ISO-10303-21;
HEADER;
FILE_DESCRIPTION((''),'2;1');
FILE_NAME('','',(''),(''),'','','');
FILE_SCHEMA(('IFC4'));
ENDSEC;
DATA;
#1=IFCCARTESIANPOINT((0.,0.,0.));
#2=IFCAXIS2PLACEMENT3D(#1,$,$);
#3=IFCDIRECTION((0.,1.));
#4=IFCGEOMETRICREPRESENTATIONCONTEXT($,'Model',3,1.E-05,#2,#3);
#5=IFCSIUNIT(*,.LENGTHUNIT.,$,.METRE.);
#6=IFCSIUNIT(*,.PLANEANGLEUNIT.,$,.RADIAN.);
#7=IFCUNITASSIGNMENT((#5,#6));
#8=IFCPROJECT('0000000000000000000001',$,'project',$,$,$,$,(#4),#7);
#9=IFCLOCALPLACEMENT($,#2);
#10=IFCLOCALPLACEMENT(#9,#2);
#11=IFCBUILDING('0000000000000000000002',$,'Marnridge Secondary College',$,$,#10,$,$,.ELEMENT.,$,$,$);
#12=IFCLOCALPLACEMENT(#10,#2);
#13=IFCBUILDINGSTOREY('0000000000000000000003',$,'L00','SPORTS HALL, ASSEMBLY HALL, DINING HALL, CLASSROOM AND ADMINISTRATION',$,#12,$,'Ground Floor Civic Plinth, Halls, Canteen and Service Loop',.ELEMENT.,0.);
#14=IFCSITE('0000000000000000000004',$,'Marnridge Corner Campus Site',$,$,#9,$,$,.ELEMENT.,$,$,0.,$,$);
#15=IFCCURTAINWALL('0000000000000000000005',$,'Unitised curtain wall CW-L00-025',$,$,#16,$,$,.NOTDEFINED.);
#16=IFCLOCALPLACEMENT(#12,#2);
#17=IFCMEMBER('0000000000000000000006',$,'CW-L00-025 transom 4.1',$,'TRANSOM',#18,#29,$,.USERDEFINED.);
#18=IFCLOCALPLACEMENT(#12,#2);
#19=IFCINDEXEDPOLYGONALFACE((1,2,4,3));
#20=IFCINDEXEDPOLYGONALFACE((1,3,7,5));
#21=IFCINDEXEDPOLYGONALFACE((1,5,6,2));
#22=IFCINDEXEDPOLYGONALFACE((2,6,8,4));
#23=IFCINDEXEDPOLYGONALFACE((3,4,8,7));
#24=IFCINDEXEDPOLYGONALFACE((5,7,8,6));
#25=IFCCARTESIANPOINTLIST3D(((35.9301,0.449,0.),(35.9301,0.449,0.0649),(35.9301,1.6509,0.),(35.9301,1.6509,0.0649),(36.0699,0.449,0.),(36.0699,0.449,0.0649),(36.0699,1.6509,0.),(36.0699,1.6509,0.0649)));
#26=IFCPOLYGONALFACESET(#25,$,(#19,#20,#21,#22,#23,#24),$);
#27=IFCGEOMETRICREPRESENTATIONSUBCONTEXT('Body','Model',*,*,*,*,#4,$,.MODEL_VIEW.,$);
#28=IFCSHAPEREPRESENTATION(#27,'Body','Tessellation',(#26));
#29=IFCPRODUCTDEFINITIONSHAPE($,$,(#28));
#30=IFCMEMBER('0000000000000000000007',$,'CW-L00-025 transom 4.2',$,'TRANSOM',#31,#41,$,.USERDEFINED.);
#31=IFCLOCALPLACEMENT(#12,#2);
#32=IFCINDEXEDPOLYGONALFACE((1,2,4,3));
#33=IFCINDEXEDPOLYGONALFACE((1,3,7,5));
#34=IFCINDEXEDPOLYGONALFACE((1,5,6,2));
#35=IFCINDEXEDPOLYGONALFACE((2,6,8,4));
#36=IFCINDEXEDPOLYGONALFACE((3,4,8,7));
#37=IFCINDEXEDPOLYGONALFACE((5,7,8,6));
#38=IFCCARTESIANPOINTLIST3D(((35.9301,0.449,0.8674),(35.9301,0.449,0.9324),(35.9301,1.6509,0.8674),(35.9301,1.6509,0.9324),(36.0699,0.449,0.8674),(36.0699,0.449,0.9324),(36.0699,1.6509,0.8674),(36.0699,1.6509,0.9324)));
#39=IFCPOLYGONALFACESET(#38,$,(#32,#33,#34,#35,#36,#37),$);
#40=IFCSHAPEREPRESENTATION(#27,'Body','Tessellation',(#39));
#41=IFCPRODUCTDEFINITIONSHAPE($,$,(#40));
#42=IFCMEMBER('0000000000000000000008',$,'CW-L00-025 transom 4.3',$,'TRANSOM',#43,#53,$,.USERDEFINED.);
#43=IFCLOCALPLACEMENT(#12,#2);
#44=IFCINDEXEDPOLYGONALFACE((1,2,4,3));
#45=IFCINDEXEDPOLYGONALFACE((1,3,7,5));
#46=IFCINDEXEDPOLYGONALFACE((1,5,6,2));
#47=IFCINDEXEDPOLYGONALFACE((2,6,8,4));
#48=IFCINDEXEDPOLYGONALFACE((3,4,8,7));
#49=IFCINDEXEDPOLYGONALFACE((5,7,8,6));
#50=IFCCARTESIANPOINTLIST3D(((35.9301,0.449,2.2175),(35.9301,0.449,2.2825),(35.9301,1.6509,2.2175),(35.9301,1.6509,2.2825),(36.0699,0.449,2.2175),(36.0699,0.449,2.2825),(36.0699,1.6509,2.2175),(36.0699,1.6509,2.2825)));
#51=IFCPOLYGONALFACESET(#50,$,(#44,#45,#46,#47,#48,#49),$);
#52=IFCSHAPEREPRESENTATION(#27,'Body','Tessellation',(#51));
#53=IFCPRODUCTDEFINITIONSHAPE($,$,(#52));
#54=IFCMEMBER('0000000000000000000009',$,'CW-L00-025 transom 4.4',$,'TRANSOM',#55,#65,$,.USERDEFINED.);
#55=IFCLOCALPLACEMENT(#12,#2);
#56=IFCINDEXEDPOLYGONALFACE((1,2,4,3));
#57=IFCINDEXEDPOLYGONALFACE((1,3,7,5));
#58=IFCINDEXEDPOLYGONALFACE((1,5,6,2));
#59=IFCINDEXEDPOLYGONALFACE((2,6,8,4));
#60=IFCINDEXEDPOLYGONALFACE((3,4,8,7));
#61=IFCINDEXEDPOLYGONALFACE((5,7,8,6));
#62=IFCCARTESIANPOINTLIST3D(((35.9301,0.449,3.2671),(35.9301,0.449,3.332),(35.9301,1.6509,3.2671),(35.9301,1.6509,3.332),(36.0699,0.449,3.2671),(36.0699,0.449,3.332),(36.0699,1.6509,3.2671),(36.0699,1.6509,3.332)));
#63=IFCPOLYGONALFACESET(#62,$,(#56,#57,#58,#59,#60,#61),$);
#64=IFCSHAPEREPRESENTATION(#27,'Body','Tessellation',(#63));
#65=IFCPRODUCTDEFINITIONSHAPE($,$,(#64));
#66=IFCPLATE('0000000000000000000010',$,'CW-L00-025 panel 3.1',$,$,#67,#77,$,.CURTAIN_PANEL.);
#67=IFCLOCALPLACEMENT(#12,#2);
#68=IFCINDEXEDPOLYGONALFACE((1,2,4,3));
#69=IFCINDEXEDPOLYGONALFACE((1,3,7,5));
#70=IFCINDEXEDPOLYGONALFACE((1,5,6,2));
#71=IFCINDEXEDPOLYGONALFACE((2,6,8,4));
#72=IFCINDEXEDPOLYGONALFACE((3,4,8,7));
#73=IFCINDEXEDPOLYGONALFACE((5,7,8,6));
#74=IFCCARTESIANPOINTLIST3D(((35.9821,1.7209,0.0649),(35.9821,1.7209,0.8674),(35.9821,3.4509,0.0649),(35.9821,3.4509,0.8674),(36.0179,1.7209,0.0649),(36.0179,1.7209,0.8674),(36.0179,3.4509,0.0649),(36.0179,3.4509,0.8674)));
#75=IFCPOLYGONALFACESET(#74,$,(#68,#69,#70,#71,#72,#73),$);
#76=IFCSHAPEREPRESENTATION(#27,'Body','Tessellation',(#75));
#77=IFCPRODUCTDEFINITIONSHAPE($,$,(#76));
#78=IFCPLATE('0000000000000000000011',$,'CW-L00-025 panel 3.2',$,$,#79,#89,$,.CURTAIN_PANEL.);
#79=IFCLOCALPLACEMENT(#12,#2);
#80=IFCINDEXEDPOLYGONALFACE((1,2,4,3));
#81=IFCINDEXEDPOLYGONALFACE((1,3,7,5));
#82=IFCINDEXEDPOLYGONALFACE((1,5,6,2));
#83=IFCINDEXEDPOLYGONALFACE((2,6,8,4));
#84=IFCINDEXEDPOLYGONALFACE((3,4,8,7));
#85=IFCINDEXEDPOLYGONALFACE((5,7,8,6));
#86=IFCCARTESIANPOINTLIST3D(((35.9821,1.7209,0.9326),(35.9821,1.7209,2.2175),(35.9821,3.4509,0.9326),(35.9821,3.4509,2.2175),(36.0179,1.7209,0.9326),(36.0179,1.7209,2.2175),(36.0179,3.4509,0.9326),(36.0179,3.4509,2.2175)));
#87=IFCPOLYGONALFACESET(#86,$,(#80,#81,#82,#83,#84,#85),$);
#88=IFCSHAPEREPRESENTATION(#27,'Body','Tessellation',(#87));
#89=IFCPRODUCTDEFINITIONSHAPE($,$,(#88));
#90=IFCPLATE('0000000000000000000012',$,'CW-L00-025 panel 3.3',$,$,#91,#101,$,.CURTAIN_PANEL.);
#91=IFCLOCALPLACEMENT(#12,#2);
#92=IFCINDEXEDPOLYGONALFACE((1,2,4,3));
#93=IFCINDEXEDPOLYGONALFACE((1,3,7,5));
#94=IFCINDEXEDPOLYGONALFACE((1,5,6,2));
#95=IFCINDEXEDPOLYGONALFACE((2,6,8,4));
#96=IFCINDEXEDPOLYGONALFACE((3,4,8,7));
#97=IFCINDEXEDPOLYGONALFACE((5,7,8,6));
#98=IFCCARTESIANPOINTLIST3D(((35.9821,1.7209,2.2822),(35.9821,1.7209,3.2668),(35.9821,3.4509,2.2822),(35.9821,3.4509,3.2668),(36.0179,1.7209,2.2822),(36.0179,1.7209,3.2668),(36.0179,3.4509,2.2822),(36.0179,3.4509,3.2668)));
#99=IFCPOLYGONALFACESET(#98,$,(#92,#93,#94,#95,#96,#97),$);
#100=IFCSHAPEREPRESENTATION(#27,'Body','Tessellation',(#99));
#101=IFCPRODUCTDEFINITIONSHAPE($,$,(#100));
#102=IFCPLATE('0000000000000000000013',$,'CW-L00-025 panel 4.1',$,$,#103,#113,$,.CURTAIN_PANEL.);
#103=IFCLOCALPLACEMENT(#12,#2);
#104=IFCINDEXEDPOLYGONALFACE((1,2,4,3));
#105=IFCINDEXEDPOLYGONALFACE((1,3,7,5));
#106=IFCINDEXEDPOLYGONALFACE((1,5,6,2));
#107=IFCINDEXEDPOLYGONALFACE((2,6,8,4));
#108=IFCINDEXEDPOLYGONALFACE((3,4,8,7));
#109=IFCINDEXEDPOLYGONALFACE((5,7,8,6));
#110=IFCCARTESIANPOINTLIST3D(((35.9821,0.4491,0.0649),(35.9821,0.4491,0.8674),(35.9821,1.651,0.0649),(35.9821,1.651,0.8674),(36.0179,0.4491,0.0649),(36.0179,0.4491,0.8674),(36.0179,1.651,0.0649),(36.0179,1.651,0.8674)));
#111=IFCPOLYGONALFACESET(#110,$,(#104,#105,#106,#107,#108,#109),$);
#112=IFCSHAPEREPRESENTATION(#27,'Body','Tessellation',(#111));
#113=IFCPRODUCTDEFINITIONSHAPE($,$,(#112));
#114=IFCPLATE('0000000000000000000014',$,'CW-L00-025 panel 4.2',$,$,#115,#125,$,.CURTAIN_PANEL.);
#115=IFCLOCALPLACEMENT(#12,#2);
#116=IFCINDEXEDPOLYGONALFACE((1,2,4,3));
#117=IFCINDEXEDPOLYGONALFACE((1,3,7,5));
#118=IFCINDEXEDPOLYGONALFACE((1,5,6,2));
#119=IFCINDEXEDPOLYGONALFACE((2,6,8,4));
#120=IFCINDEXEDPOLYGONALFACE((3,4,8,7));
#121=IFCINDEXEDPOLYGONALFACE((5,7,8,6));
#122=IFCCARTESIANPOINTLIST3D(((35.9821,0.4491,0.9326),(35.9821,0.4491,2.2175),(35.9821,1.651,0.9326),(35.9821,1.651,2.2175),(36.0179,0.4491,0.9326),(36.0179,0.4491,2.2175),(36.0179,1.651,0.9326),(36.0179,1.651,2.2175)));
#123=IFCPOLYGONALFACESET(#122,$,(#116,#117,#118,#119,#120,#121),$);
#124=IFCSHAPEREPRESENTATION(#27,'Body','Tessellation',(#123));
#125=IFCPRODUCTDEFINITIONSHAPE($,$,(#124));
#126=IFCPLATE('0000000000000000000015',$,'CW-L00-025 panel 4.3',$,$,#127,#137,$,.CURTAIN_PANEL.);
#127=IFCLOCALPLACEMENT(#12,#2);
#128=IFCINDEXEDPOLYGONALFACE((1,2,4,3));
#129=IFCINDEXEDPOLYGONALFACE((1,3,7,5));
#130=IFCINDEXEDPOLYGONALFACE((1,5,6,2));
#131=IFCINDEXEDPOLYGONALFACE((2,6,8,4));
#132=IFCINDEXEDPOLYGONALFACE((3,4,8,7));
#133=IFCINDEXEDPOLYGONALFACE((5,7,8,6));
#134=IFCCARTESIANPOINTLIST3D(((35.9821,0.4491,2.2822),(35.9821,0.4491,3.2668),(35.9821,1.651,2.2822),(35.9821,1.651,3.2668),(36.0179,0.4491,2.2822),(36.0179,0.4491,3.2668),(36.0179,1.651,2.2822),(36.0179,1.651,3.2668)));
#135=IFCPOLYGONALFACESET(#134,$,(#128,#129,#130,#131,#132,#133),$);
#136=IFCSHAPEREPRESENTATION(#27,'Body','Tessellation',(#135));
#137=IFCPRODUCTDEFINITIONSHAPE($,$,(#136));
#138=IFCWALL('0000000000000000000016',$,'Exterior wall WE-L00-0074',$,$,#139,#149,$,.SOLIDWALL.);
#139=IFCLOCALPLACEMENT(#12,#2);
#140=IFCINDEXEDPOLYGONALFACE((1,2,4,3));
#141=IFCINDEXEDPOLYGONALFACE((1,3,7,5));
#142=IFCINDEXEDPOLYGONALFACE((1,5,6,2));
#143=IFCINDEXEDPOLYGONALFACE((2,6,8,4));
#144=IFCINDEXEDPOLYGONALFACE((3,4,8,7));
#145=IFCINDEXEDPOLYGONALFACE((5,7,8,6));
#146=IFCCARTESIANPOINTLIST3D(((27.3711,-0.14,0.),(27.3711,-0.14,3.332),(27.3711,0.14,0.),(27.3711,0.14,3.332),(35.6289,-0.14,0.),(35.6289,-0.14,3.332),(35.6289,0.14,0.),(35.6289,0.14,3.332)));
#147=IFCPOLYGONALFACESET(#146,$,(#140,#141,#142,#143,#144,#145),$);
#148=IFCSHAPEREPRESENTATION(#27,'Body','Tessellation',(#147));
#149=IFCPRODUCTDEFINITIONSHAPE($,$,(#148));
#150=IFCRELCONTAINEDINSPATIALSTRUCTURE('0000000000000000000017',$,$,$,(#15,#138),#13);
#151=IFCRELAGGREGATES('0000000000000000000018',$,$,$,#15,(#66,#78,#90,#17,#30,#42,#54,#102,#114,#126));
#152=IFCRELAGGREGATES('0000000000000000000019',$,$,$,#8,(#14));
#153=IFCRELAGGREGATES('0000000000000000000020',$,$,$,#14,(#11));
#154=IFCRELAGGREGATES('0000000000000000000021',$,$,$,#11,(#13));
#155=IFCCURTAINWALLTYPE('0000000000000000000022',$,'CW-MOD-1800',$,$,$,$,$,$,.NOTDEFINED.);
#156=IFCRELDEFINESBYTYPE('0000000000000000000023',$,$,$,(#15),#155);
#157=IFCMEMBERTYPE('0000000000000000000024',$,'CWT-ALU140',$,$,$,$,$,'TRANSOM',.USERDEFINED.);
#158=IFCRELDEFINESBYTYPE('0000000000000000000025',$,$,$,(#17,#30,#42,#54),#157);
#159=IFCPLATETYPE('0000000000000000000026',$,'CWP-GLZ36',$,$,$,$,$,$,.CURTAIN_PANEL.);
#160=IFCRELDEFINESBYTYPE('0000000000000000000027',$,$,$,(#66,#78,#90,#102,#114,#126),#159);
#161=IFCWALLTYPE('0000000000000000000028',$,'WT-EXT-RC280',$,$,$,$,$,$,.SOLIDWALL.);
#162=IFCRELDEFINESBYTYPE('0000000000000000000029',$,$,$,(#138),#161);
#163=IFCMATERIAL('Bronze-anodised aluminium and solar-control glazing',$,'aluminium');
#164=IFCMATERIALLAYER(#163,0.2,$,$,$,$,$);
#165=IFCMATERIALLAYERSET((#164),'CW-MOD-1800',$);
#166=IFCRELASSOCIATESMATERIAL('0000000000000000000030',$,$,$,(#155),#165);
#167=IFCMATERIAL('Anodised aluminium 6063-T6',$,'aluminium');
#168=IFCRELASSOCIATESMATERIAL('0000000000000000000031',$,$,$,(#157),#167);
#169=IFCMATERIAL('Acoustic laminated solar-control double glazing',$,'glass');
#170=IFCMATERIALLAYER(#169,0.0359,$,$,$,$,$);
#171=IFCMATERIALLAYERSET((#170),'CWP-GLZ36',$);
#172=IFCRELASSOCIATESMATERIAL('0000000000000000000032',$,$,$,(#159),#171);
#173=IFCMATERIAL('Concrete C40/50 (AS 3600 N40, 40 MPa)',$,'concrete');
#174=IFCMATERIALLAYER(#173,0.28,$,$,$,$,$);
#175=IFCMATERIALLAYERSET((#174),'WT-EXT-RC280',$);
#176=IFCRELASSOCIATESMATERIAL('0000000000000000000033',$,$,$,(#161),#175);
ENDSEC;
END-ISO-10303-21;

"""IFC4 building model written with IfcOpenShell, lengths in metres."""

from ifc_helpers import new_model, si_unit, direction, frame, frame_2d, origin, origin_2d, place, context, subcontext, project, spatial, rectangle, extrude, material, layer, layer_set, material_profile, profile_set, type_object, element, aggregate, save


model = new_model("IFC4")

# Units and contexts
model_context = context("Model", 3, precision=1e-05, world=origin(), true_north=direction((0.0, 1.0)))
body_context = subcontext(model_context, "Body", "Model", "MODEL_VIEW")
ifc_project = project(units=[si_unit("LENGTHUNIT", "METRE"), si_unit("PLANEANGLEUNIT", "RADIAN")], contexts=[model_context])

# Site, building, storey
site_placement = place(None, origin())
site = spatial("IfcSite", under=ifc_project, at=site_placement, Name="Marnridge Corner Campus Site", CompositionType="ELEMENT", RefElevation=0.0)
building_placement = place(site_placement, origin())
building = spatial("IfcBuilding", under=site, at=building_placement, Name="Marnridge Secondary College", CompositionType="ELEMENT")
storey_placement = place(building_placement, origin())
storey = spatial("IfcBuildingStorey", under=building, at=storey_placement, Name="L00", Description="SPORTS HALL, ASSEMBLY HALL, DINING HALL, CLASSROOM AND ADMINISTRATION", LongName="Ground Floor Civic Plinth, Halls, Canteen and Service Loop", CompositionType="ELEMENT", Elevation=0.0)

# Curtain wall, members, plates
ifc_material_1 = material(Name="Bronze-anodised aluminium and solar-control glazing", Category="aluminium")
ifc_layer_1 = layer(ifc_material_1, 0.2)
ifc_layer_set_1 = layer_set([ifc_layer_1], Name="CW-MOD-1800")
curtain_wall_type = type_object("IfcCurtainWallType", Name="CW-MOD-1800", PredefinedType="NOTDEFINED", material=ifc_layer_set_1)
curtain_wall_placement = place(storey_placement, origin())
curtain_wall = element("IfcCurtainWall", 1, at=curtain_wall_placement, inside=storey, type_object=curtain_wall_type, Name="Unitised curtain wall CW-L00-025", PredefinedType="NOTDEFINED")
ifc_material_2 = material(Name="Anodised aluminium 6063-T6", Category="aluminium")
ifc_material_profile_1 = material_profile(ifc_material_2, rectangle(XDim=0.0649, YDim=0.1399, at=origin_2d()), Name="ALU 65x140")
ifc_profile_set_1 = profile_set([ifc_material_profile_1], Name="Anodised aluminium 6063-T6")
member_type_1 = type_object("IfcMemberType", Name="CWT-ALU140", ElementType="TRANSOM", PredefinedType="USERDEFINED", material=ifc_profile_set_1)
member_1_placement = place(storey_placement, frame((36.0, 1.6509, 0.0325), z_axis=(0.0, -1.0, 0.0), x_axis=(0.0, 0.0, 1.0)))
member_1 = element("IfcMember", 2, at=member_1_placement, type_object=member_type_1, Name="CW-L00-025 transom 4.1", ObjectType="TRANSOM", PredefinedType="USERDEFINED", context=body_context, shape_type="SweptSolid", body=[
    extrude(rectangle(XDim=0.0649, YDim=0.1399, at=origin_2d()), origin(), (0.0, 0.0, 1.0), 1.2019),
])
member_2_placement = place(storey_placement, frame((36.0, 1.6509, 0.8999), z_axis=(0.0, -1.0, 0.0), x_axis=(0.0, 0.0, 1.0)))
member_2 = element("IfcMember", 3, at=member_2_placement, type_object=member_type_1, Name="CW-L00-025 transom 4.2", ObjectType="TRANSOM", PredefinedType="USERDEFINED", context=body_context, shape_type="SweptSolid", body=[
    extrude(rectangle(XDim=0.0649, YDim=0.1399, at=origin_2d()), origin(), (0.0, 0.0, 1.0), 1.2019),
])
member_3_placement = place(storey_placement, frame((36.0, 1.6509, 2.25), z_axis=(0.0, -1.0, 0.0), x_axis=(0.0, 0.0, 1.0)))
member_3 = element("IfcMember", 4, at=member_3_placement, type_object=member_type_1, Name="CW-L00-025 transom 4.3", ObjectType="TRANSOM", PredefinedType="USERDEFINED", context=body_context, shape_type="SweptSolid", body=[
    extrude(rectangle(XDim=0.0649, YDim=0.1399, at=origin_2d()), origin(), (0.0, 0.0, 1.0), 1.2019),
])
member_4_placement = place(storey_placement, frame((36.0, 1.6509, 3.2996), z_axis=(0.0, -1.0, 0.0), x_axis=(0.0, 0.0, 1.0)))
member_4 = element("IfcMember", 5, at=member_4_placement, type_object=member_type_1, Name="CW-L00-025 transom 4.4", ObjectType="TRANSOM", PredefinedType="USERDEFINED", context=body_context, shape_type="SweptSolid", body=[
    extrude(rectangle(XDim=0.0649, YDim=0.1399, at=origin_2d()), origin(), (0.0, 0.0, 1.0), 1.2019),
])
ifc_material_3 = material(Name="Acoustic laminated solar-control double glazing", Category="glass")
ifc_layer_2 = layer(ifc_material_3, 0.0359)
ifc_layer_set_2 = layer_set([ifc_layer_2], Name="CWP-GLZ36")
plate_type = type_object("IfcPlateType", Name="CWP-GLZ36", PredefinedType="CURTAIN_PANEL", material=ifc_layer_set_2)
plate_1_placement = place(storey_placement, frame((36.0, 2.5859, 0.0649), z_axis=(0.0, 0.0, 1.0), x_axis=(0.0, -1.0, 0.0)))
plate_1 = element("IfcPlate", 6, at=plate_1_placement, type_object=plate_type, Name="CW-L00-025 panel 3.1", PredefinedType="CURTAIN_PANEL", context=body_context, shape_type="SweptSolid", body=[
    extrude(rectangle(XDim=1.73, YDim=0.0359, at=origin_2d()), origin(), (0.0, 0.0, 1.0), 0.8025),
])
plate_2_placement = place(storey_placement, frame((36.0, 2.5859, 0.9326), z_axis=(0.0, 0.0, 1.0), x_axis=(0.0, -1.0, 0.0)))
plate_2 = element("IfcPlate", 7, at=plate_2_placement, type_object=plate_type, Name="CW-L00-025 panel 3.2", PredefinedType="CURTAIN_PANEL", context=body_context, shape_type="SweptSolid", body=[
    extrude(rectangle(XDim=1.73, YDim=0.0359, at=origin_2d()), origin(), (0.0, 0.0, 1.0), 1.2849),
])
plate_3_placement = place(storey_placement, frame((36.0, 2.5859, 2.2822), z_axis=(0.0, 0.0, 1.0), x_axis=(0.0, -1.0, 0.0)))
plate_3 = element("IfcPlate", 8, at=plate_3_placement, type_object=plate_type, Name="CW-L00-025 panel 3.3", PredefinedType="CURTAIN_PANEL", context=body_context, shape_type="SweptSolid", body=[
    extrude(rectangle(XDim=1.73, YDim=0.0359, at=origin_2d()), origin(), (0.0, 0.0, 1.0), 0.9846),
])
plate_4_placement = place(storey_placement, frame((36.0, 1.05, 0.0649), z_axis=(0.0, 0.0, 1.0), x_axis=(0.0, -1.0, 0.0)))
plate_4 = element("IfcPlate", 9, at=plate_4_placement, type_object=plate_type, Name="CW-L00-025 panel 4.1", PredefinedType="CURTAIN_PANEL", context=body_context, shape_type="SweptSolid", body=[
    extrude(rectangle(XDim=1.2019, YDim=0.0359, at=origin_2d()), origin(), (0.0, 0.0, 1.0), 0.8025),
])
plate_5_placement = place(storey_placement, frame((36.0, 1.05, 0.9326), z_axis=(0.0, 0.0, 1.0), x_axis=(0.0, -1.0, 0.0)))
plate_5 = element("IfcPlate", 10, at=plate_5_placement, type_object=plate_type, Name="CW-L00-025 panel 4.2", PredefinedType="CURTAIN_PANEL", context=body_context, shape_type="SweptSolid", body=[
    extrude(rectangle(XDim=1.2019, YDim=0.0359, at=origin_2d()), origin(), (0.0, 0.0, 1.0), 1.2849),
])
plate_6_placement = place(storey_placement, frame((36.0, 1.05, 2.2822), z_axis=(0.0, 0.0, 1.0), x_axis=(0.0, -1.0, 0.0)))
plate_6 = element("IfcPlate", 11, at=plate_6_placement, type_object=plate_type, Name="CW-L00-025 panel 4.3", PredefinedType="CURTAIN_PANEL", context=body_context, shape_type="SweptSolid", body=[
    extrude(rectangle(XDim=1.2019, YDim=0.0359, at=origin_2d()), origin(), (0.0, 0.0, 1.0), 0.9846),
])
aggregate(curtain_wall, [plate_1, plate_2, plate_3, member_1, member_2, member_3, member_4, plate_4, plate_5, plate_6])

# Wall
ifc_material_4 = material(Name="Concrete C40/50 (AS 3600 N40, 40 MPa)", Category="concrete")
ifc_layer_3 = layer(ifc_material_4, 0.28)
ifc_layer_set_3 = layer_set([ifc_layer_3], Name="WT-EXT-RC280")
wall_type = type_object("IfcWallType", Name="WT-EXT-RC280", PredefinedType="SOLIDWALL", material=ifc_layer_set_3)
wall_placement = place(storey_placement, frame((35.6289, 0.0, 0.0), z_axis=(0.0, 0.0, 1.0), x_axis=(-1.0, 0.0, 0.0)))
element("IfcWall", 12, at=wall_placement, inside=storey, type_object=wall_type, Name="Exterior wall WE-L00-0074", PredefinedType="SOLIDWALL", context=body_context, shape_type="SweptSolid", body=[
    extrude(rectangle(XDim=8.2578, YDim=0.28, at=frame_2d((4.1289, 0.0))), origin(), (0.0, 0.0, 1.0), 3.332),
])

save(model, "model.ifc")
